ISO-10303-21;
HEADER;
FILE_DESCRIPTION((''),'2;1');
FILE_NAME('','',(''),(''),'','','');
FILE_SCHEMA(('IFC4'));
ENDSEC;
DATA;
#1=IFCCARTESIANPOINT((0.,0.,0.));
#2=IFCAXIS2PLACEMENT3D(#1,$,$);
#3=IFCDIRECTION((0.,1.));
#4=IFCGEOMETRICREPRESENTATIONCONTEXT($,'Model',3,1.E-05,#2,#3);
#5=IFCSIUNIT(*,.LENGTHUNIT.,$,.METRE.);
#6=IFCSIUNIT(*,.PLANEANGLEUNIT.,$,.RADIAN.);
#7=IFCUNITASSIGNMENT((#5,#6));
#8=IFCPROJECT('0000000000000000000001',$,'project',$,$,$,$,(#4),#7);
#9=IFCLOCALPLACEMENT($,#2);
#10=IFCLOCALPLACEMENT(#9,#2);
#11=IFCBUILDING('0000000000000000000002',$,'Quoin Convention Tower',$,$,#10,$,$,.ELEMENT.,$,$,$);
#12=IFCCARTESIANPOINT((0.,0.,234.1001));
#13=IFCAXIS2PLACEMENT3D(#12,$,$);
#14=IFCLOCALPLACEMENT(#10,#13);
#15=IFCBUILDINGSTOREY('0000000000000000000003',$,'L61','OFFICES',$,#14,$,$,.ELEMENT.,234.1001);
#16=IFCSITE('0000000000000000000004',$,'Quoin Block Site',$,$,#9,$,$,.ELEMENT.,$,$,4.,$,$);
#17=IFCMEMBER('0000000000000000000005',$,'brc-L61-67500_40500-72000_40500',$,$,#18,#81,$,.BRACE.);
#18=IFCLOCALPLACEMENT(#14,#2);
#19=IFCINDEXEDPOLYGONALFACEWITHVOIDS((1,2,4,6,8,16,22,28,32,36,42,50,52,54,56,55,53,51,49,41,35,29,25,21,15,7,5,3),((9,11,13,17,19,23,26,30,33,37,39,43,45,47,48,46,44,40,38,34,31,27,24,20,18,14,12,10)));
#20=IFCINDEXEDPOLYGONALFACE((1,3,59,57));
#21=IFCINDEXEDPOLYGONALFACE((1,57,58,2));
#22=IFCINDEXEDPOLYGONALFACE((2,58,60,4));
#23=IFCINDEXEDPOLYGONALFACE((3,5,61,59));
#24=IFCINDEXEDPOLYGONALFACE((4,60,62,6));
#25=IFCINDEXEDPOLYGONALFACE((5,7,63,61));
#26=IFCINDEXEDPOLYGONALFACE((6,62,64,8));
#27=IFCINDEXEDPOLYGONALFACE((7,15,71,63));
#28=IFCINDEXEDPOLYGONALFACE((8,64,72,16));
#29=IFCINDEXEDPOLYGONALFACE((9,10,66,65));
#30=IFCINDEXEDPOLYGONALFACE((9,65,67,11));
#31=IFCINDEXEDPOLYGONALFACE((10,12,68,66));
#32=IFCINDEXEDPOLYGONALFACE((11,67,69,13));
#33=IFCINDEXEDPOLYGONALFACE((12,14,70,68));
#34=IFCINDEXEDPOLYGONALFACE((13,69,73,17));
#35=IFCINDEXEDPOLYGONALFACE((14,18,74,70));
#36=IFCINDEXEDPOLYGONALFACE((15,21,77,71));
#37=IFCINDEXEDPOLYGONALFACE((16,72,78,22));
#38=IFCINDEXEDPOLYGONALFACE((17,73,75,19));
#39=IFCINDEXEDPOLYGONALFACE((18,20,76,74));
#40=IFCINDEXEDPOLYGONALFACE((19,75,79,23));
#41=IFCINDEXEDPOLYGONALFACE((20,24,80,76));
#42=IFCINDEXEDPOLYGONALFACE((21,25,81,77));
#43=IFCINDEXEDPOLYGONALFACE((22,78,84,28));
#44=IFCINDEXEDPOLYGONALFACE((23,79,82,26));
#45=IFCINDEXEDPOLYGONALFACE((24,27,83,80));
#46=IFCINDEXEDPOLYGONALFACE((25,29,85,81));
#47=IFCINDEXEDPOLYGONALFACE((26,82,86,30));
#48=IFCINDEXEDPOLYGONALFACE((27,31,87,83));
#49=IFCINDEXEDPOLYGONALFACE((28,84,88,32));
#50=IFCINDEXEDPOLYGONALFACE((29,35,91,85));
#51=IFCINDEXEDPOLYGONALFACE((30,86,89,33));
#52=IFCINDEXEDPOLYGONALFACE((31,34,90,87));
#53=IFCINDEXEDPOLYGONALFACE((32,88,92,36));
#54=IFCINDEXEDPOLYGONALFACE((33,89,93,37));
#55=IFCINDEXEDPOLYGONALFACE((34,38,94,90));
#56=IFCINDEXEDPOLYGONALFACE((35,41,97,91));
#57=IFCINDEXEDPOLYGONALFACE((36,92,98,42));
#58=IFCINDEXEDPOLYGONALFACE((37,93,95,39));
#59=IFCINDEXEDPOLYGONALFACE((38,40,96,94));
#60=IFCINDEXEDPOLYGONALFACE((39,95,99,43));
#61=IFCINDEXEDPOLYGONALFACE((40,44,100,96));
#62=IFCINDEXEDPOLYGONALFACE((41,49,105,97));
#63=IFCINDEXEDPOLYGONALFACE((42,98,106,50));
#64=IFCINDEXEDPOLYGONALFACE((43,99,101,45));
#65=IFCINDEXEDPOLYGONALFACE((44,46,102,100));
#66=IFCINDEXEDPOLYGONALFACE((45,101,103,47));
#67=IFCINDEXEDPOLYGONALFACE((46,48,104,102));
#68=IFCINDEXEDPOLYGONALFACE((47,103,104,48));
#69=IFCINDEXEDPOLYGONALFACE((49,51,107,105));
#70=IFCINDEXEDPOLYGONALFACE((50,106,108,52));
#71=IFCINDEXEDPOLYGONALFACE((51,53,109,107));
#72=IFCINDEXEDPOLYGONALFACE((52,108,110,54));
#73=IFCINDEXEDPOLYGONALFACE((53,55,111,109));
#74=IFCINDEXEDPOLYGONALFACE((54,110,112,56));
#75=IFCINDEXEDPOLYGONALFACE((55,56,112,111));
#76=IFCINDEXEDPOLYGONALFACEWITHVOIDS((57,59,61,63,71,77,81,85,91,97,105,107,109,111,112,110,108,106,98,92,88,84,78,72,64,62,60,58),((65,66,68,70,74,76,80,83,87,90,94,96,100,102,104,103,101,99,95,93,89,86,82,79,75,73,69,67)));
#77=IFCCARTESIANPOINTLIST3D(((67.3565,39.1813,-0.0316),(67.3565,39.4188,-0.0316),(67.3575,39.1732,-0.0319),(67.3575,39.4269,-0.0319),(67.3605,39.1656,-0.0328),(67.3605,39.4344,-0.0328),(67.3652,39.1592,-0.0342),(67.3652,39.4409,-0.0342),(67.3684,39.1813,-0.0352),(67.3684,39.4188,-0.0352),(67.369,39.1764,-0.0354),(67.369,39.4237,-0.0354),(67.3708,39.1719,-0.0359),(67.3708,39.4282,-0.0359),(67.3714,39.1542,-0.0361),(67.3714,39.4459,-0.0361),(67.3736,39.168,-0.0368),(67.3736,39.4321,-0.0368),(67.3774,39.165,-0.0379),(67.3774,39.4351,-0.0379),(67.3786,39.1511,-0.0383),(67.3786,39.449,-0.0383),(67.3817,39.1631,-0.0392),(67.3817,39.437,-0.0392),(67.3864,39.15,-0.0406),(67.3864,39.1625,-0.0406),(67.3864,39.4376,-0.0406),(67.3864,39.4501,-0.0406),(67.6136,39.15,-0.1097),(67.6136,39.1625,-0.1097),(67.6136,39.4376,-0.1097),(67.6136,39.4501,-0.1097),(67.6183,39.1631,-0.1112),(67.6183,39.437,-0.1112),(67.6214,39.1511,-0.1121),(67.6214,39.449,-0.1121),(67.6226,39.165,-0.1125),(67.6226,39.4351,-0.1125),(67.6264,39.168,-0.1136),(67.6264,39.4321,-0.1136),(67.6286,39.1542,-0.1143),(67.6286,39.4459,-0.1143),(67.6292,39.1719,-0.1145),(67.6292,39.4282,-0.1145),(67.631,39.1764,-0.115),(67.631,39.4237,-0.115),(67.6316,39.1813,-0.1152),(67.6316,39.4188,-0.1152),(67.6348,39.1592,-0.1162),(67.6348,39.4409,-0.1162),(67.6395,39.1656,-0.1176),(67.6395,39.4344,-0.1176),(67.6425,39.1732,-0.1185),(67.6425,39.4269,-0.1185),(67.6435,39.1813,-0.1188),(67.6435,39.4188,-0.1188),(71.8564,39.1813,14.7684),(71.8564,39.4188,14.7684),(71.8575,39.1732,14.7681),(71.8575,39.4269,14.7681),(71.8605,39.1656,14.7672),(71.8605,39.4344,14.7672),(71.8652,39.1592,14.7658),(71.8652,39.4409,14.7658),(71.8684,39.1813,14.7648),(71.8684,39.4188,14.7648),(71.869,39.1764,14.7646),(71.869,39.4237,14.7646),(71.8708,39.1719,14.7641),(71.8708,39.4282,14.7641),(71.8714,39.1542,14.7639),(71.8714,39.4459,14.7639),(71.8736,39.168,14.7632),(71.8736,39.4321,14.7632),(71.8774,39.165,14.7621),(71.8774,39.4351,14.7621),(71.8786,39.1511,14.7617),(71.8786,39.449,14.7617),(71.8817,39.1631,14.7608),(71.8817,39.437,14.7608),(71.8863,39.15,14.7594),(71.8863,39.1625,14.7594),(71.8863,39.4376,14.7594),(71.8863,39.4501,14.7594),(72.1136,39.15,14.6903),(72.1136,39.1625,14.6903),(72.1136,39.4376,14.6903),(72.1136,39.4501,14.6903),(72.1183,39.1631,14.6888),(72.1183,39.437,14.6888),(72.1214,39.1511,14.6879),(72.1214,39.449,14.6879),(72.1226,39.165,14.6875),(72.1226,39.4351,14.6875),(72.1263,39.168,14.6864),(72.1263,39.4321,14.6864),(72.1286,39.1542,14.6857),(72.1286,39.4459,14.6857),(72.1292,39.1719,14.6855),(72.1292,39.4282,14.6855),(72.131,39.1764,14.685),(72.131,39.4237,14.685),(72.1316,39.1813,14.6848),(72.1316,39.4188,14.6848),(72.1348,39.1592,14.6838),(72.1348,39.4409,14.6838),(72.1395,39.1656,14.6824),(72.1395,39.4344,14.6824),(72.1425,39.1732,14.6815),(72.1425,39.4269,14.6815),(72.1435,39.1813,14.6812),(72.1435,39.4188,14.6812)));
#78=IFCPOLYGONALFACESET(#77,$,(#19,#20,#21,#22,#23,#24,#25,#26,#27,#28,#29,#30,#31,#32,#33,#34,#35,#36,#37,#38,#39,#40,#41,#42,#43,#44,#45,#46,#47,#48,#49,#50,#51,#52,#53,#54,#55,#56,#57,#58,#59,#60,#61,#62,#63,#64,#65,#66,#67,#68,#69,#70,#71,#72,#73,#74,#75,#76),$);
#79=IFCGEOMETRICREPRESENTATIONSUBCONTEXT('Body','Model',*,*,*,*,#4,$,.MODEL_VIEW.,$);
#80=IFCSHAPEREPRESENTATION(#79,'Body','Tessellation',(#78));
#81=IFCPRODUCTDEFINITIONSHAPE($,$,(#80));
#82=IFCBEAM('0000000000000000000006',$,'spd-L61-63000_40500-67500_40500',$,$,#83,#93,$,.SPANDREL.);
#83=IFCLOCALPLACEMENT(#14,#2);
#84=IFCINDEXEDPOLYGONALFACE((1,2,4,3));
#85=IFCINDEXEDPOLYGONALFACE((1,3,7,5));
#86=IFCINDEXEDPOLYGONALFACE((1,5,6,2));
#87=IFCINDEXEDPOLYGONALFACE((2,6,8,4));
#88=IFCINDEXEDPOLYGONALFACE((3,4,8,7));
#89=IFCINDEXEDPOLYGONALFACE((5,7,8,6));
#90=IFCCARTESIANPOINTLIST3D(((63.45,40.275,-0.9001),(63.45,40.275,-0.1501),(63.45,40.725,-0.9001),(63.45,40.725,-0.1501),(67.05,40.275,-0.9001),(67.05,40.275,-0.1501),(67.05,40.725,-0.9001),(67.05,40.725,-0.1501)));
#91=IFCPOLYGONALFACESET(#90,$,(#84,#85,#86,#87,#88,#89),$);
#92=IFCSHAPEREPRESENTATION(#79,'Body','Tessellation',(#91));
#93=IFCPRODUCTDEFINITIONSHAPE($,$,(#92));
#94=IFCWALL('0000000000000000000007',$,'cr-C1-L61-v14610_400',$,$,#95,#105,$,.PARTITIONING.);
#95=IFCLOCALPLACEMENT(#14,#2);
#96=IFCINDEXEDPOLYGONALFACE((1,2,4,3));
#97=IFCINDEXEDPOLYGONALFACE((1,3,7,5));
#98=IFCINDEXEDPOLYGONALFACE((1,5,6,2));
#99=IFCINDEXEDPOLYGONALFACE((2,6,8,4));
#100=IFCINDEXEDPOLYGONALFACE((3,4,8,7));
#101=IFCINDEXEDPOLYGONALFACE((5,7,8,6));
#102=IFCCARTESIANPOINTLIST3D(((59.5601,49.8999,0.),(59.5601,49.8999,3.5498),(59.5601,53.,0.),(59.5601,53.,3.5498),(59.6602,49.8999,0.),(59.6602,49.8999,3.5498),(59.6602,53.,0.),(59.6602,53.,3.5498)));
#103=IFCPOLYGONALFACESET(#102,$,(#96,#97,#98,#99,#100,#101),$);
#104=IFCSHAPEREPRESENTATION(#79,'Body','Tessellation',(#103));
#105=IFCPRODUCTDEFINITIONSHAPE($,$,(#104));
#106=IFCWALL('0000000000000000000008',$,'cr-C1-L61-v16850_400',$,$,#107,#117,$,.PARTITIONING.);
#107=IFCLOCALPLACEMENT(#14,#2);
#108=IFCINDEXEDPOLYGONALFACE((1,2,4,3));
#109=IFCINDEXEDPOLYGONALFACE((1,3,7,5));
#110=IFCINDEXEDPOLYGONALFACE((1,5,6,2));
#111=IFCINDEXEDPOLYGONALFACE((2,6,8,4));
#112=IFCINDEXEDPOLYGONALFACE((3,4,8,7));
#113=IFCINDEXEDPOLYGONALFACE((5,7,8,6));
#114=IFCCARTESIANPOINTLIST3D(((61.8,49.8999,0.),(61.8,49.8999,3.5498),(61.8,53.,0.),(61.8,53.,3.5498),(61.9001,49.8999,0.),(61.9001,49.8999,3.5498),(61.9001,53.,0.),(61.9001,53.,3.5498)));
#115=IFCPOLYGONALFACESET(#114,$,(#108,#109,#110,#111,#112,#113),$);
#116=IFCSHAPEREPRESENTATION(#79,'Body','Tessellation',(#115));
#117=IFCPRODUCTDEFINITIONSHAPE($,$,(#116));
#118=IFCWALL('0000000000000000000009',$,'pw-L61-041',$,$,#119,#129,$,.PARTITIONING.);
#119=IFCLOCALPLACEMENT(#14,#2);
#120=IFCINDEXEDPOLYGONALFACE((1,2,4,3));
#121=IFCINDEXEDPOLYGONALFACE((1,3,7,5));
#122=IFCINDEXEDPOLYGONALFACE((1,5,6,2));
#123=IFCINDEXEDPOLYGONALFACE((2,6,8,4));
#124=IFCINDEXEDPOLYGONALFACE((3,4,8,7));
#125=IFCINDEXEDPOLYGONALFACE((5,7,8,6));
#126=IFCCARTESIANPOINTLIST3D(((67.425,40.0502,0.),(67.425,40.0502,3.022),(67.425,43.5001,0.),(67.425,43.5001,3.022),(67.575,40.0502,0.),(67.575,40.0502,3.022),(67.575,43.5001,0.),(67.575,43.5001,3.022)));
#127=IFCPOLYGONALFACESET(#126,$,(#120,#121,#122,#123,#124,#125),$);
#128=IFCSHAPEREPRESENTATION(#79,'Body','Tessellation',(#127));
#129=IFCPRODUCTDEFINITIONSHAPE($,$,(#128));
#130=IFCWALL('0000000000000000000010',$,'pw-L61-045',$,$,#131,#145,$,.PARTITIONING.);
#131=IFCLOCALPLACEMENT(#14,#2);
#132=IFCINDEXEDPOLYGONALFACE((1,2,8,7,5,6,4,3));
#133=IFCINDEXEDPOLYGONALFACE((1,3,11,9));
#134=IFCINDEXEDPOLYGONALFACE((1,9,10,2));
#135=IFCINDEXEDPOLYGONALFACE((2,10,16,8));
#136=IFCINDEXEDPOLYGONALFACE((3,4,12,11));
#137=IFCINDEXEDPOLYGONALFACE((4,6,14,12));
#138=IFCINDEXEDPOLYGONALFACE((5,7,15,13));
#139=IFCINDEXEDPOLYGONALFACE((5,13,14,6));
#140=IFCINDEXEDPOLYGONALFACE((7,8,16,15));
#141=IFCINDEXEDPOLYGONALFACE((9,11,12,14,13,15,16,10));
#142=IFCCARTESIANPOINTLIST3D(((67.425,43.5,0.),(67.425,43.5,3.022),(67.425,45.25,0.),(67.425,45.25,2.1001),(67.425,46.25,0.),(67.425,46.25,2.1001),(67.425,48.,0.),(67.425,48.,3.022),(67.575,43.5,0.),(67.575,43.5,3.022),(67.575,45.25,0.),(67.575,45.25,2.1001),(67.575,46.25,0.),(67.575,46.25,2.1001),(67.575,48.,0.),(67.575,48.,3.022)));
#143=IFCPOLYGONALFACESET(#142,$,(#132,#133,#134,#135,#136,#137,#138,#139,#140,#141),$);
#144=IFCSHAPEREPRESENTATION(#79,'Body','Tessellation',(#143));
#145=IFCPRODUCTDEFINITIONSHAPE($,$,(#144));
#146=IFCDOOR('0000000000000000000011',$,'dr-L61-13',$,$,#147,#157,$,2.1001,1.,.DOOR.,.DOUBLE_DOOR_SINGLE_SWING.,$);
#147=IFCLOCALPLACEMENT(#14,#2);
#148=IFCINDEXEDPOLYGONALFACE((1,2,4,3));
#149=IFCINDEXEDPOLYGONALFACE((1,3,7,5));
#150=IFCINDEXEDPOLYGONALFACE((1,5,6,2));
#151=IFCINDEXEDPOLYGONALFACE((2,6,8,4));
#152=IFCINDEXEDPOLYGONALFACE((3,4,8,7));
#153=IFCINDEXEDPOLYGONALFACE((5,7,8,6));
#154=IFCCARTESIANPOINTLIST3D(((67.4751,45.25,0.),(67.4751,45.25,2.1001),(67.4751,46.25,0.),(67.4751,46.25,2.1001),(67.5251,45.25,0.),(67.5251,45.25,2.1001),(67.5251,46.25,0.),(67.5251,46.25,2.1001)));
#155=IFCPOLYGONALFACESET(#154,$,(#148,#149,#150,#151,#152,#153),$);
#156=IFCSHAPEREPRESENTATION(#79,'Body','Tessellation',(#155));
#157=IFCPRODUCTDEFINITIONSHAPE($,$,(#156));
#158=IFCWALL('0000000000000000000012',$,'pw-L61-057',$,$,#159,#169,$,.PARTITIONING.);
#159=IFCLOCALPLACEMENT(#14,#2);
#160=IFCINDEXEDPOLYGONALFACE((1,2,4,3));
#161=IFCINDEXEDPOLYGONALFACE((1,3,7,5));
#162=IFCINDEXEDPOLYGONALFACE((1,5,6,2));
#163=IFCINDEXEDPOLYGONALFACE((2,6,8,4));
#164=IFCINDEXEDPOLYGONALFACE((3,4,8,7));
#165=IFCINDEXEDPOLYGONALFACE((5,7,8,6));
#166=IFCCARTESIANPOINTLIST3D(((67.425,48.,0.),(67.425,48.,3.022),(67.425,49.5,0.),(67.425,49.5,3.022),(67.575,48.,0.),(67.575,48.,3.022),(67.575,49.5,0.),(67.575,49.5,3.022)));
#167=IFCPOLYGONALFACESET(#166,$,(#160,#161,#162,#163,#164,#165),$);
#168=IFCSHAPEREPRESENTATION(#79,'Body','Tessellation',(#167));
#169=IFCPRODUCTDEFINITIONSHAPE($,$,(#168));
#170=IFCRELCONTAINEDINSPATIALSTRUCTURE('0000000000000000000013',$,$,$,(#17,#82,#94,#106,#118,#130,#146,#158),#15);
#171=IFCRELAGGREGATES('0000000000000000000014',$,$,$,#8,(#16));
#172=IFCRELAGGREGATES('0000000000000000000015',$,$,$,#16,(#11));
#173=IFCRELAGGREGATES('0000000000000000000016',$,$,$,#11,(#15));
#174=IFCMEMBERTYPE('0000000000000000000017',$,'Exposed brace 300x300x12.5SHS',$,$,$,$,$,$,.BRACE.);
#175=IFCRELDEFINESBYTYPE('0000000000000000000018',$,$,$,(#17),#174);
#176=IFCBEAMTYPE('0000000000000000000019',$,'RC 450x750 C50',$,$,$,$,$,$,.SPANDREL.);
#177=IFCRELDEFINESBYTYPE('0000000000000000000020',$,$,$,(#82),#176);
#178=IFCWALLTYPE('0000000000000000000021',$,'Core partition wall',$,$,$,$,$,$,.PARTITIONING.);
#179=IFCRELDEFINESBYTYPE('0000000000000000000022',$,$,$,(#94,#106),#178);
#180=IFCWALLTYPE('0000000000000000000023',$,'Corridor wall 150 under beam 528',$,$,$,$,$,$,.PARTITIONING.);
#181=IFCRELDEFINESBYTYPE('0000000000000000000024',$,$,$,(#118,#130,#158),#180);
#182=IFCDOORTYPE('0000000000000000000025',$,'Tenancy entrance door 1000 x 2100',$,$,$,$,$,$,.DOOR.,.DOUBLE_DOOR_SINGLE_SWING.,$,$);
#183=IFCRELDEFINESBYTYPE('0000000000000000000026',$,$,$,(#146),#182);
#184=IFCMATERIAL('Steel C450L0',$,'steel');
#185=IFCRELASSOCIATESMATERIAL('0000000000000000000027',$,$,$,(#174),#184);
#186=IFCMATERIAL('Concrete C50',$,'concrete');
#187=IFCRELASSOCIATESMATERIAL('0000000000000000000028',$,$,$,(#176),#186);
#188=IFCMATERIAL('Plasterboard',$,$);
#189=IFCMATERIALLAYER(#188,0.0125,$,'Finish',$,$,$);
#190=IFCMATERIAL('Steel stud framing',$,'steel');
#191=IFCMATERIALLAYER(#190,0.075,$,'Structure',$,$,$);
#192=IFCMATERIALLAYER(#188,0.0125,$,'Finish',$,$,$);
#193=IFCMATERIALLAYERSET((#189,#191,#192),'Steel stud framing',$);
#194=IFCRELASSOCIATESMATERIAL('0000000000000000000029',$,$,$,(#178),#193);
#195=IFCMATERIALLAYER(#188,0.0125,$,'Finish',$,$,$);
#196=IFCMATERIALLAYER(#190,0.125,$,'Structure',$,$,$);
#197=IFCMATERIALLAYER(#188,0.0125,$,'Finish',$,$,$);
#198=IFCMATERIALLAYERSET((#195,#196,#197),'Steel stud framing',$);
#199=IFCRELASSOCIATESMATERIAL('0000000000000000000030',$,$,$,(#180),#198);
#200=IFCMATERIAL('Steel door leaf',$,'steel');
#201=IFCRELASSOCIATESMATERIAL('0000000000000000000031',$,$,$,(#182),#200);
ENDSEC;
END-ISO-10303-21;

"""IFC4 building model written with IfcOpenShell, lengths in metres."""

from ifc_helpers import new_model, si_unit, direction, frame, frame_2d, origin, origin_2d, place, context, subcontext, project, spatial, rectangle, hollow_rectangle, extrude, material, layer, layer_set, material_profile, profile_set, type_object, element, fill, save


model = new_model("IFC4")

# Units and contexts
model_context = context("Model", 3, precision=1e-05, world=origin(), true_north=direction((0.0, 1.0)))
body_context = subcontext(model_context, "Body", "Model", "MODEL_VIEW")
ifc_project = project(units=[si_unit("LENGTHUNIT", "METRE"), si_unit("PLANEANGLEUNIT", "RADIAN")], contexts=[model_context])

# Site, building, storey
site_placement = place(None, origin())
site = spatial("IfcSite", under=ifc_project, at=site_placement, Name="Quoin Block Site", CompositionType="ELEMENT", RefElevation=4.0)
building_placement = place(site_placement, origin())
building = spatial("IfcBuilding", under=site, at=building_placement, Name="Quoin Convention Tower", CompositionType="ELEMENT")
storey_placement = place(building_placement, frame((0.0, 0.0, 234.1001)))
storey = spatial("IfcBuildingStorey", under=building, at=storey_placement, Name="L61", Description="OFFICES", CompositionType="ELEMENT", Elevation=234.1001)

# Shared definitions
ifc_material_1 = material(Name="Concrete C50", Category="concrete")

# Member
ifc_material_2 = material(Name="Steel C450L0", Category="steel")
ifc_material_profile_1 = material_profile(ifc_material_2, hollow_rectangle(XDim=0.3, YDim=0.3, WallThickness=0.0125, InnerFilletRadius=0.0188, OuterFilletRadius=0.0312, at=origin_2d()), Name="300x300x12.5SHS")
ifc_profile_set_1 = profile_set([ifc_material_profile_1], Name="Steel C450L0")
member_type = type_object("IfcMemberType", Name="Exposed brace 300x300x12.5SHS", PredefinedType="BRACE", material=ifc_profile_set_1)
member_placement = place(storey_placement, frame((67.5, 39.3, -0.0752), z_axis=(0.290903, 0.0, 0.956752), x_axis=(0.0, 1.0, 0.0)))
element("IfcMember", 1, at=member_placement, inside=storey, type_object=member_type, Name="brc-L61-67500_40500-72000_40500", PredefinedType="BRACE", context=body_context, shape_type="SweptSolid", body=[
    extrude(hollow_rectangle(XDim=0.3, YDim=0.3, WallThickness=0.0125, InnerFilletRadius=0.0188, OuterFilletRadius=0.0312, at=origin_2d()), origin(), (0.0, 0.0, 1.0), 15.469),
])

# Beam
ifc_material_profile_2 = material_profile(ifc_material_1, rectangle(XDim=0.45, YDim=0.75, at=origin_2d()), Name="RC 450x750")
ifc_profile_set_2 = profile_set([ifc_material_profile_2], Name="Concrete C50")
beam_type_1 = type_object("IfcBeamType", Name="RC 450x750 C50", PredefinedType="SPANDREL", material=ifc_profile_set_2)
beam_1_placement = place(storey_placement, frame((63.45, 40.5, -0.5251), z_axis=(1.0, 0.0, 0.0), x_axis=(0.0, 1.0, 0.0)))
element("IfcBeam", 2, at=beam_1_placement, inside=storey, type_object=beam_type_1, Name="spd-L61-63000_40500-67500_40500", PredefinedType="SPANDREL", context=body_context, shape_type="SweptSolid", body=[
    extrude(rectangle(XDim=0.45, YDim=0.75, at=origin_2d()), origin(), (0.0, 0.0, 1.0), 3.6001),
])

# Walls
ifc_material_3 = material(Name="Plasterboard")
ifc_layer_1 = layer(ifc_material_3, 0.0125, Name="Finish")
ifc_material_4 = material(Name="Steel stud framing", Category="steel")
ifc_layer_2 = layer(ifc_material_4, 0.075, Name="Structure")
ifc_layer_3 = layer(ifc_material_3, 0.0125, Name="Finish")
ifc_layer_set_1 = layer_set([ifc_layer_1, ifc_layer_2, ifc_layer_3], Name="Steel stud framing")
wall_type_1 = type_object("IfcWallType", Name="Core partition wall", PredefinedType="PARTITIONING", material=ifc_layer_set_1)
for number, where, z_axis, x_axis, name in (
    (3, (59.6101, 49.8999, 0.0), (0.0, 0.0, 1.0), (0.0, 1.0, 0.0), "cr-C1-L61-v14610_400"),
    (4, (61.8501, 49.8999, 0.0), (0.0, 0.0, 1.0), (0.0, 1.0, 0.0), "cr-C1-L61-v16850_400"),
):
    element("IfcWall", number, at=place(storey_placement, frame(where, z_axis=z_axis, x_axis=x_axis)), inside=storey, type_object=wall_type_1, Name=name, PredefinedType="PARTITIONING", context=body_context, shape_type="SweptSolid", body=[
        extrude(rectangle(XDim=3.1001, YDim=0.1001, at=frame_2d((1.55, 0.0))), origin(), (0.0, 0.0, 1.0), 3.5498),
    ])
ifc_layer_4 = layer(ifc_material_3, 0.0125, Name="Finish")
ifc_layer_5 = layer(ifc_material_4, 0.125, Name="Structure")
ifc_layer_6 = layer(ifc_material_3, 0.0125, Name="Finish")
ifc_layer_set_2 = layer_set([ifc_layer_4, ifc_layer_5, ifc_layer_6], Name="Steel stud framing")
wall_type_2 = type_object("IfcWallType", Name="Corridor wall 150 under beam 528", PredefinedType="PARTITIONING", material=ifc_layer_set_2)
wall_1_placement = place(storey_placement, frame((67.5, 40.05, 0.0), z_axis=(0.0, 0.0, 1.0), x_axis=(0.0, 1.0, 0.0)))
element("IfcWall", 5, at=wall_1_placement, inside=storey, type_object=wall_type_2, Name="pw-L61-041", PredefinedType="PARTITIONING", context=body_context, shape_type="SweptSolid", body=[
    extrude(rectangle(XDim=3.45, YDim=0.1499, at=frame_2d((1.7251, 0.0))), origin(), (0.0, 0.0, 1.0), 3.022),
])

# Wall, opening, door
wall_2_placement = place(storey_placement, frame((67.5, 43.5, 0.0), z_axis=(0.0, 0.0, 1.0), x_axis=(0.0, 1.0, 0.0)))
wall_2 = element("IfcWall", 6, at=wall_2_placement, inside=storey, type_object=wall_type_2, Name="pw-L61-045", PredefinedType="PARTITIONING", context=body_context, shape_type="SweptSolid", body=[
    extrude(rectangle(XDim=4.5, YDim=0.1499, at=frame_2d((2.25, 0.0))), origin(), (0.0, 0.0, 1.0), 3.022),
])
opening_1_placement = place(wall_2_placement, frame((1.75, 0.0, 0.0)))
opening_1 = element("IfcOpeningElement", 7, at=opening_1_placement, cuts=wall_2, PredefinedType="OPENING", context=body_context, shape_type="SweptSolid", body=[
    extrude(rectangle(XDim=1.0, YDim=2.1001, at=frame_2d((0.5, 1.05))), frame((0.0, 0.085, 0.0), z_axis=(0.0, -1.0, 0.0), x_axis=(1.0, 0.0, 0.0)), (0.0, 0.0, 1.0), 0.1699),
])
ifc_material_5 = material(Name="Steel door leaf", Category="steel")
door_type_1 = type_object("IfcDoorType", Name="Tenancy entrance door 1000 x 2100", OperationType="DOUBLE_DOOR_SINGLE_SWING", PredefinedType="DOOR", material=ifc_material_5)
door_1_placement = place(opening_1_placement, origin())
door_1 = element("IfcDoor", 8, at=door_1_placement, inside=storey, type_object=door_type_1, Name="dr-L61-13", OperationType="DOUBLE_DOOR_SINGLE_SWING", OverallHeight=2.1001, OverallWidth=1.0, PredefinedType="DOOR", context=body_context, shape_type="SweptSolid", body=[
    extrude(rectangle(XDim=1.0, YDim=2.1001, at=frame_2d((0.5, 1.05))), frame((0.0, 0.0249, 0.0), z_axis=(0.0, -1.0, 0.0), x_axis=(1.0, 0.0, 0.0)), (0.0, 0.0, 1.0), 0.05),
])
fill(opening_1, door_1)

# Wall
wall_3_placement = place(storey_placement, frame((67.5, 48.0, 0.0), z_axis=(0.0, 0.0, 1.0), x_axis=(0.0, 1.0, 0.0)))
element("IfcWall", 9, at=wall_3_placement, inside=storey, type_object=wall_type_2, Name="pw-L61-057", PredefinedType="PARTITIONING", context=body_context, shape_type="SweptSolid", body=[
    extrude(rectangle(XDim=1.5, YDim=0.1499, at=frame_2d((0.75, 0.0))), origin(), (0.0, 0.0, 1.0), 3.022),
])

save(model, "model.ifc")
